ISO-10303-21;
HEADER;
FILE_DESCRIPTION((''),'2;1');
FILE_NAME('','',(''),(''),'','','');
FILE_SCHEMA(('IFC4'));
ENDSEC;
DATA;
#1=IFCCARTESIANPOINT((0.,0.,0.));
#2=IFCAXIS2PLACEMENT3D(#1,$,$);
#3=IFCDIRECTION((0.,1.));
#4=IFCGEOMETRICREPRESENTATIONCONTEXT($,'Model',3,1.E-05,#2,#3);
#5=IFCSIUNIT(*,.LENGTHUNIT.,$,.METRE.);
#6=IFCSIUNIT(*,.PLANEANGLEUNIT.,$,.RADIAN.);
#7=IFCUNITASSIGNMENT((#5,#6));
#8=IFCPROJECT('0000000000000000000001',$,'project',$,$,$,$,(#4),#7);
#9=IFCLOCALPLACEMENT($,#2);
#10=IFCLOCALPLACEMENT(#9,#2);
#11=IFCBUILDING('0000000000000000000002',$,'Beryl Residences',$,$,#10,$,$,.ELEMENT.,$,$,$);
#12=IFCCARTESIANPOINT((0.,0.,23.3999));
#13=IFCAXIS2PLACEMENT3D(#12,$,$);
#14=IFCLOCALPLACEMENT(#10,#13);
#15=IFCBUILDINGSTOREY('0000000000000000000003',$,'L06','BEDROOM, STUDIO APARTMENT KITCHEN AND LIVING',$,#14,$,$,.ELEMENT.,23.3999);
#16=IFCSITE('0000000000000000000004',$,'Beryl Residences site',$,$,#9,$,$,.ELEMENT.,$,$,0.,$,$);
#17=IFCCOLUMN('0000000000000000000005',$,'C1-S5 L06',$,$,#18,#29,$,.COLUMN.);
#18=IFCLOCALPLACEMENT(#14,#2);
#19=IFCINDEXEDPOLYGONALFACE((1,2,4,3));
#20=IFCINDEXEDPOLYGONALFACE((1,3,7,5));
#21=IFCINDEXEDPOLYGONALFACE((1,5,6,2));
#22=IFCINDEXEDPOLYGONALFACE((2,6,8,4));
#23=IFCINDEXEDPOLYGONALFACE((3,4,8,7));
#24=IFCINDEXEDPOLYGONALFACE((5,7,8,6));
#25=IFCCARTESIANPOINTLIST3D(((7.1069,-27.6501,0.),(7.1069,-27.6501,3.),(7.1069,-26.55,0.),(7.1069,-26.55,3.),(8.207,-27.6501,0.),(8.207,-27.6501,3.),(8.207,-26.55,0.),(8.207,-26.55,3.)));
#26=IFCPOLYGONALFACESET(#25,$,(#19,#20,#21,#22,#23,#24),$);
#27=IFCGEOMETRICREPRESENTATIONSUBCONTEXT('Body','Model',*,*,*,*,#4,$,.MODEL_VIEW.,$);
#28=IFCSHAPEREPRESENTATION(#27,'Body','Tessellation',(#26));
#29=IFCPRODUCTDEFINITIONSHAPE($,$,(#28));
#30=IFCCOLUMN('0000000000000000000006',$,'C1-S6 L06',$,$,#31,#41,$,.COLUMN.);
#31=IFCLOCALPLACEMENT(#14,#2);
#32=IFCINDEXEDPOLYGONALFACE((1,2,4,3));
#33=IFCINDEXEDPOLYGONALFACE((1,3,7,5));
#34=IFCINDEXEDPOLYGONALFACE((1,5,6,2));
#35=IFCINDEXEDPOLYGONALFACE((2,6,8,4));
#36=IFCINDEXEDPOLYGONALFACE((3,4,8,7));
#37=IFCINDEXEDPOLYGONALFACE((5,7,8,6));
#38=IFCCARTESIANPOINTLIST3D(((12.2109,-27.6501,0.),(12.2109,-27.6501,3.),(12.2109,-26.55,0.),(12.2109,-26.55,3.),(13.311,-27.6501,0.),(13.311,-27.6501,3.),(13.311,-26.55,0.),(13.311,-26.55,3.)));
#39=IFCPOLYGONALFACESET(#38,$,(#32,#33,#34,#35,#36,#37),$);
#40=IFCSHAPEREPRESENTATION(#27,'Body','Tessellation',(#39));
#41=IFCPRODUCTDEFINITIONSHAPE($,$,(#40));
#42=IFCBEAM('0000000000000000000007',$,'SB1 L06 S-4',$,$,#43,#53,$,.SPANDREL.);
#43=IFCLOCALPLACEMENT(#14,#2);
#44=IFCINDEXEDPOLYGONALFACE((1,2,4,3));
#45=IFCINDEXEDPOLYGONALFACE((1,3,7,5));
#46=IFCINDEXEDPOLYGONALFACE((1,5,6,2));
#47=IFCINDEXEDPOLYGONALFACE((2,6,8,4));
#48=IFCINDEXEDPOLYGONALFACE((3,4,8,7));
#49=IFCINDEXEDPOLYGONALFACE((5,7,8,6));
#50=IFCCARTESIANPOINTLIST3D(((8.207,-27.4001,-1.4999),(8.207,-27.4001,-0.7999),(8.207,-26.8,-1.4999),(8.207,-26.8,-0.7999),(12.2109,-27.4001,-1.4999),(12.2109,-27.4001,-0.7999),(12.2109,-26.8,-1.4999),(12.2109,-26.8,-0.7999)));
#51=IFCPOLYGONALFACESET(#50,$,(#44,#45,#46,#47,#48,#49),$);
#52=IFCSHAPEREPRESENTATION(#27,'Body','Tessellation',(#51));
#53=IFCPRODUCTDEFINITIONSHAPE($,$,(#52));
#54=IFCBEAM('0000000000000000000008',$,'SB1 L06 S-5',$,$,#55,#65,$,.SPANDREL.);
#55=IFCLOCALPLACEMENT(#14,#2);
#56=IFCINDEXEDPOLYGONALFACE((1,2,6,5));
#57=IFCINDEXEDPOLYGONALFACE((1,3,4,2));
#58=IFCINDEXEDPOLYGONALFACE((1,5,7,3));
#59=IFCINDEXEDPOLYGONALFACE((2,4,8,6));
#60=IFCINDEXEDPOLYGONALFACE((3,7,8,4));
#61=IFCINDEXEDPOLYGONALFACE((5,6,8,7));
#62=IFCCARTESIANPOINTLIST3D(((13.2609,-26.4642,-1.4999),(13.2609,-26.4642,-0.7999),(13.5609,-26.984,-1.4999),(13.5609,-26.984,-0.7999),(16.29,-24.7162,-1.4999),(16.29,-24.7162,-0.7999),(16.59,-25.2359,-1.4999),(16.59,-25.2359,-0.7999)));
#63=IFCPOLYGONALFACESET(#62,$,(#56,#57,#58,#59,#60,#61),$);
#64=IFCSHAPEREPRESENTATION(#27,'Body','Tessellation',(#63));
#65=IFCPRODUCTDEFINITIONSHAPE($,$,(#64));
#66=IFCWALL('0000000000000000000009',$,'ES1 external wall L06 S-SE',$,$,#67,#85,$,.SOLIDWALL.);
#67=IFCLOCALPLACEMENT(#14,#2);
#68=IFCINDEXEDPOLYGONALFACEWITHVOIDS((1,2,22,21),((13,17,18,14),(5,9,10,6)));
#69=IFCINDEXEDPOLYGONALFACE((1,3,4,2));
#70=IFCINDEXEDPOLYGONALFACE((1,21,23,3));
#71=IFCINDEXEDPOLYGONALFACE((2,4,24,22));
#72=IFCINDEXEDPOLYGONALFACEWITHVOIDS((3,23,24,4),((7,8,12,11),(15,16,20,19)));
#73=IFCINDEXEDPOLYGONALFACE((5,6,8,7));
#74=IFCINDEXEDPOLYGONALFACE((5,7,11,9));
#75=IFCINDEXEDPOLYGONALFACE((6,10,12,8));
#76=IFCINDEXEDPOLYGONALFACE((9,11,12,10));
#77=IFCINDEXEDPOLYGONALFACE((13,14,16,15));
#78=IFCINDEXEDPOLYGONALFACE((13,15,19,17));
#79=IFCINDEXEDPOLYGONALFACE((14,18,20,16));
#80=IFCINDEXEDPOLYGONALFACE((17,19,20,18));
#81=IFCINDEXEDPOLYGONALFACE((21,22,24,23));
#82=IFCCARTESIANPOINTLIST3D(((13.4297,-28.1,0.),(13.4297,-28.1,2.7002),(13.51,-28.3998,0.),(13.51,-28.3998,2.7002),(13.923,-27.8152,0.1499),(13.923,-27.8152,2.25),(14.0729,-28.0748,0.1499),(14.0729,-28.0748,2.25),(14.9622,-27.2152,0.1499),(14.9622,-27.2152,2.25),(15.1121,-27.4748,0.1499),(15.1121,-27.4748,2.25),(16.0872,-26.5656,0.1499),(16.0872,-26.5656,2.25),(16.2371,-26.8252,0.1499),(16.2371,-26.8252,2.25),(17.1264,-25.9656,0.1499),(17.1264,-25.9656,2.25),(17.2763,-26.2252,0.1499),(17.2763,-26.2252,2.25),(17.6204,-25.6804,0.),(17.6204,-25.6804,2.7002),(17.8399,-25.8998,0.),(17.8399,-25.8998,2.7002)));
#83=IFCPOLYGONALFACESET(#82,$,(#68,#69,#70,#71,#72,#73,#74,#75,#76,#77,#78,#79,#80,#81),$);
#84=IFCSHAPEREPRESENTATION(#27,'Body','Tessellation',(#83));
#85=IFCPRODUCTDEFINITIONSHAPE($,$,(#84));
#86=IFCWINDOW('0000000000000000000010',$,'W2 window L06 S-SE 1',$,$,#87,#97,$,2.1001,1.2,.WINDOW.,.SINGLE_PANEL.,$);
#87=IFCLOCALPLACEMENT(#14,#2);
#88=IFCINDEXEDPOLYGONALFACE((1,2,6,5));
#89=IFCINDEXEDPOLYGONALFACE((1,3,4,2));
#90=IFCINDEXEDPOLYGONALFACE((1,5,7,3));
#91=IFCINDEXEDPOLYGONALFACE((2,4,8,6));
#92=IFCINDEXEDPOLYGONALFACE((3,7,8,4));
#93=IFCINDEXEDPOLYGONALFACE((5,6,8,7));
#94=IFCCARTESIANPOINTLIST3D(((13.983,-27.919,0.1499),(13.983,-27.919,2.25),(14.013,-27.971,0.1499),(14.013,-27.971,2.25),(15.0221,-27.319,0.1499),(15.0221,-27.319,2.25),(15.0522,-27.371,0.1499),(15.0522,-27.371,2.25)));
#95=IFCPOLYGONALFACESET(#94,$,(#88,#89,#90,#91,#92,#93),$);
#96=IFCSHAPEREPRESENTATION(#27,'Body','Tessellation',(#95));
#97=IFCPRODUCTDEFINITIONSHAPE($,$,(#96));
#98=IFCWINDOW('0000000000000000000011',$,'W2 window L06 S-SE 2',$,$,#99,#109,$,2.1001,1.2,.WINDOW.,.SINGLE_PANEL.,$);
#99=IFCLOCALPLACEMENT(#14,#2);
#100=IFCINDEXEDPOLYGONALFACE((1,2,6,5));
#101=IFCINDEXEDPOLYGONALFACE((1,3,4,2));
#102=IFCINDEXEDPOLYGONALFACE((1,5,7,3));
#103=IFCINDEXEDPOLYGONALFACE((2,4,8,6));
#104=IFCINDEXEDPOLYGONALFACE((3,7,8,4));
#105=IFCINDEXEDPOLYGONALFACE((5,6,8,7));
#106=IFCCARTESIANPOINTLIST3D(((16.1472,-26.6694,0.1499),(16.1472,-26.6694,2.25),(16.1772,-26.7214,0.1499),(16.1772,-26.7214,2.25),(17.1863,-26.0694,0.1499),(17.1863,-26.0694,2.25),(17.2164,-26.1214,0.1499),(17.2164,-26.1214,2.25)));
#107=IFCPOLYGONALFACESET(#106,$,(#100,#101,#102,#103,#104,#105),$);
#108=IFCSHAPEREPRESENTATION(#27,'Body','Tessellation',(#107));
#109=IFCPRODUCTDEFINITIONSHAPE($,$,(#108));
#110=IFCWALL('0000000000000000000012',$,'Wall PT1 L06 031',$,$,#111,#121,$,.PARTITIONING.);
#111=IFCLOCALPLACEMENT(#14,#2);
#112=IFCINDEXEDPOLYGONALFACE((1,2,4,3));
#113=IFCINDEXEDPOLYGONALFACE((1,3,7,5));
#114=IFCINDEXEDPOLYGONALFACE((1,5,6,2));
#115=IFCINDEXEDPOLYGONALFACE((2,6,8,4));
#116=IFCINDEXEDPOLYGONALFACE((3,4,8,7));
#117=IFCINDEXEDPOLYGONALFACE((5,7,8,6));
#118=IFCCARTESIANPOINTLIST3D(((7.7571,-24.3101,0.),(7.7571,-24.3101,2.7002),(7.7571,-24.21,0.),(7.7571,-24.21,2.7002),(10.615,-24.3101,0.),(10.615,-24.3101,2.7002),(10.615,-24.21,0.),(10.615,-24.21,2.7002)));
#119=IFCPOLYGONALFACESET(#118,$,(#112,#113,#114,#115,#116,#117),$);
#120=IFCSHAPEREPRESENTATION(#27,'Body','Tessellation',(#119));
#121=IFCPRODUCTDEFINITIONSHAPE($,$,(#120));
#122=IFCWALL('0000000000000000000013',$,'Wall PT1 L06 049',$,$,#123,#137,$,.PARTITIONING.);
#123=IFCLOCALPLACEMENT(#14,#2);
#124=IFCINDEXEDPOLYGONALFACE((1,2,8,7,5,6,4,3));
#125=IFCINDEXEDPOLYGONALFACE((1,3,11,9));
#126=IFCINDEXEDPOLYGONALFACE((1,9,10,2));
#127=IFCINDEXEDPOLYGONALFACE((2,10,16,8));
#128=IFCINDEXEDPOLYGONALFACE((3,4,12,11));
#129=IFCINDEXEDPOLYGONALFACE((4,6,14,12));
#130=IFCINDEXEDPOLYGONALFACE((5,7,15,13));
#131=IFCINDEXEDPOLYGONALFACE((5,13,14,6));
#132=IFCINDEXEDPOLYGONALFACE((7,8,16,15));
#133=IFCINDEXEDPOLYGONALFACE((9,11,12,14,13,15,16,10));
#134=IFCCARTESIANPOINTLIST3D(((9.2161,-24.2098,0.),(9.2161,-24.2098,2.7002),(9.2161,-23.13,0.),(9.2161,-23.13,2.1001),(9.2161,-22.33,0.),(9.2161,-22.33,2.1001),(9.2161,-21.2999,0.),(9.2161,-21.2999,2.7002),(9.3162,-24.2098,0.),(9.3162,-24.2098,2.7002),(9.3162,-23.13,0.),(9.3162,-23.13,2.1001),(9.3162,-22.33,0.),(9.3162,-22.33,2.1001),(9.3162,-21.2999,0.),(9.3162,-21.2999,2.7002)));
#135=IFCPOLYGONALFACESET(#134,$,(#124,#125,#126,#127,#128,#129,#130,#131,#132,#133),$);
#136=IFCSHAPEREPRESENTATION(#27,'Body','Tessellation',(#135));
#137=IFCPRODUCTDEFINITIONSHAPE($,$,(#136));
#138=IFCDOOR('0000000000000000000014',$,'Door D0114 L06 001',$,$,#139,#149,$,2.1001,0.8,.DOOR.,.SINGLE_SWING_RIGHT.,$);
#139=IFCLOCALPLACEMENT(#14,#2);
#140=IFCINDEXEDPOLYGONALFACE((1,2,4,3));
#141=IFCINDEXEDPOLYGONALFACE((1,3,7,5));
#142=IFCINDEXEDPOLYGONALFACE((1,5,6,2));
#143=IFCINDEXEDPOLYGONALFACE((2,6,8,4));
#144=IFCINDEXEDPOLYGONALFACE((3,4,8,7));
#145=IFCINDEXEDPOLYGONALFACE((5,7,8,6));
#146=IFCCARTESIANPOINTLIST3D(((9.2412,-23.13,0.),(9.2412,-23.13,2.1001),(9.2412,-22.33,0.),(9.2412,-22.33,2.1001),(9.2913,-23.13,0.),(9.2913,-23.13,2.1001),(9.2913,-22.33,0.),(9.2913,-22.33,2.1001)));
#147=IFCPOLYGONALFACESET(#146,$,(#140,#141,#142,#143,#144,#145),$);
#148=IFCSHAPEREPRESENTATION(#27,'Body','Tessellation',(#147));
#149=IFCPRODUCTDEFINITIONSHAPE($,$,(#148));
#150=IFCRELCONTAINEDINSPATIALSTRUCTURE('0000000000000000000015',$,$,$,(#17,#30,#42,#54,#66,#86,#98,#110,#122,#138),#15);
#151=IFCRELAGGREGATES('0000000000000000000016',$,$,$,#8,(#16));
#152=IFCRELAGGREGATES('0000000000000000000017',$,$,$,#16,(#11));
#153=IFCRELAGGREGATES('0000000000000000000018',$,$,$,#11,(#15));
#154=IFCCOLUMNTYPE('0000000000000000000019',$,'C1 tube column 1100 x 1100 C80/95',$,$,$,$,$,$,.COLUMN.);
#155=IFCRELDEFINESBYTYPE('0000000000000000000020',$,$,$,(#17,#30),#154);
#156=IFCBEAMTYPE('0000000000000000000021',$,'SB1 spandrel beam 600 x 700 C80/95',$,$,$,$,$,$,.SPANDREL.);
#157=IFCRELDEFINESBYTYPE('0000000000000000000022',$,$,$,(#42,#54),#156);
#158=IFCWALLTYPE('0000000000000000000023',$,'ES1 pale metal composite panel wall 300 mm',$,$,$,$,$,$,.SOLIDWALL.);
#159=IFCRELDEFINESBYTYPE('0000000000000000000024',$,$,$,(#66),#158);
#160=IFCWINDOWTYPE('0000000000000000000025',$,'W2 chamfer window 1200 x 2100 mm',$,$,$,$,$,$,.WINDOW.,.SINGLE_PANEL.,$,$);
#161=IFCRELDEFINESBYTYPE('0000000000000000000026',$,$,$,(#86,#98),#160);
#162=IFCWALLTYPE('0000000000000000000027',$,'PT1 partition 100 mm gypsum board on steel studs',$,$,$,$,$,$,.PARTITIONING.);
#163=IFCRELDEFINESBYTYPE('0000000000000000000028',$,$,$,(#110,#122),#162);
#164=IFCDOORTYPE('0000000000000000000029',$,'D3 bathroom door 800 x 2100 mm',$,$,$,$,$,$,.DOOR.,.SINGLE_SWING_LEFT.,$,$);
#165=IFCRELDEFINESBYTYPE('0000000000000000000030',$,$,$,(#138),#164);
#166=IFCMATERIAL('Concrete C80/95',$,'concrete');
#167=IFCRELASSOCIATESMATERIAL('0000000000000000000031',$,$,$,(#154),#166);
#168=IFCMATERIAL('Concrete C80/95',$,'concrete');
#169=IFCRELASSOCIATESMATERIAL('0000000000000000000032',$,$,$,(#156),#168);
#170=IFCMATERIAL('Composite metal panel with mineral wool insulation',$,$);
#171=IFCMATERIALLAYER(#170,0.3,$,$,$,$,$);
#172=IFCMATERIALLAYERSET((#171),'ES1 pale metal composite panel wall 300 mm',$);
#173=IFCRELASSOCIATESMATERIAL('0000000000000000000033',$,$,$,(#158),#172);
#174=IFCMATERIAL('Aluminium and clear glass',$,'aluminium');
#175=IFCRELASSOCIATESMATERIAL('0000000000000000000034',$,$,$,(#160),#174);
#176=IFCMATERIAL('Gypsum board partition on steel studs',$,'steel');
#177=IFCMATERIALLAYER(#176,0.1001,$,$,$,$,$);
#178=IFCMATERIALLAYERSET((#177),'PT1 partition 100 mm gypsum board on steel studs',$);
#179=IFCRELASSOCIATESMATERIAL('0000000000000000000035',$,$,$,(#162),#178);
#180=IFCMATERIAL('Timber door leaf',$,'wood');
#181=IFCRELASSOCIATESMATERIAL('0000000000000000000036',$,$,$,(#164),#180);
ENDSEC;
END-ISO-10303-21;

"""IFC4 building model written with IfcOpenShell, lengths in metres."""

from ifc_helpers import new_model, si_unit, direction, frame, frame_2d, origin, origin_2d, place, context, subcontext, project, spatial, polyline, rectangle, outline, extrude, material, layer, layer_set, material_profile, profile_set, type_object, element, fill, save


model = new_model("IFC4")

# Units and contexts
model_context = context("Model", 3, precision=1e-05, world=origin(), true_north=direction((0.0, 1.0)))
body_context = subcontext(model_context, "Body", "Model", "MODEL_VIEW")
ifc_project = project(units=[si_unit("LENGTHUNIT", "METRE"), si_unit("PLANEANGLEUNIT", "RADIAN")], contexts=[model_context])

# Site, building, storey
site_placement = place(None, origin())
site = spatial("IfcSite", under=ifc_project, at=site_placement, Name="Beryl Residences site", CompositionType="ELEMENT", RefElevation=0.0)
building_placement = place(site_placement, origin())
building = spatial("IfcBuilding", under=site, at=building_placement, Name="Beryl Residences", CompositionType="ELEMENT")
storey_placement = place(building_placement, frame((0.0, 0.0, 23.3999)))
storey = spatial("IfcBuildingStorey", under=building, at=storey_placement, Name="L06", Description="BEDROOM, STUDIO APARTMENT KITCHEN AND LIVING", CompositionType="ELEMENT", Elevation=23.3999)

# Columns
ifc_material_1 = material(Name="Concrete C80/95", Category="concrete")
ifc_material_profile_1 = material_profile(ifc_material_1, rectangle(XDim=1.1001, YDim=1.1001, at=origin_2d()))
ifc_profile_set_1 = profile_set([ifc_material_profile_1], Name="Concrete C80/95")
column_type = type_object("IfcColumnType", Name="C1 tube column 1100 x 1100 C80/95", PredefinedType="COLUMN", material=ifc_profile_set_1)
for number, where, z_axis, x_axis, name in (
    (1, (7.657, -27.1001, 0.0), (0.0, 0.0, 1.0), (1.0, 0.0, 0.0), "C1-S5 L06"),
    (2, (12.761, -27.1001, 0.0), (0.0, 0.0, 1.0), (1.0, 0.0, 0.0), "C1-S6 L06"),
):
    element("IfcColumn", number, at=place(storey_placement, frame(where, z_axis=z_axis, x_axis=x_axis)), inside=storey, type_object=column_type, Name=name, PredefinedType="COLUMN", context=body_context, shape_type="SweptSolid", body=[
        extrude(rectangle(XDim=1.1001, YDim=1.1001, at=origin_2d()), origin(), (0.0, 0.0, 1.0), 3.0),
    ])

# Beams
ifc_material_2 = material(Name="Concrete C80/95", Category="concrete")
ifc_material_profile_2 = material_profile(ifc_material_2, rectangle(XDim=0.6001, YDim=0.7, at=origin_2d()))
ifc_profile_set_2 = profile_set([ifc_material_profile_2], Name="Concrete C80/95")
beam_type = type_object("IfcBeamType", Name="SB1 spandrel beam 600 x 700 C80/95", PredefinedType="SPANDREL", material=ifc_profile_set_2)
beam_1_placement = place(storey_placement, frame((8.207, -27.1001, -1.1499), z_axis=(1.0, 0.0, 0.0), x_axis=(0.0, 1.0, 0.0)))
element("IfcBeam", 3, at=beam_1_placement, inside=storey, type_object=beam_type, Name="SB1 L06 S-4", PredefinedType="SPANDREL", context=body_context, shape_type="SweptSolid", body=[
    extrude(rectangle(XDim=0.6001, YDim=0.7, at=origin_2d()), origin(), (0.0, 0.0, 1.0), 4.0039),
])
beam_2_placement = place(storey_placement, frame((13.4109, -26.7241, -1.1499), z_axis=(0.866122, 0.499833, 0.0), x_axis=(-0.499833, 0.866122, 0.0)))
element("IfcBeam", 4, at=beam_2_placement, inside=storey, type_object=beam_type, Name="SB1 L06 S-5", PredefinedType="SPANDREL", context=body_context, shape_type="SweptSolid", body=[
    extrude(rectangle(XDim=0.6001, YDim=0.7, at=origin_2d()), origin(), (0.0, 0.0, 1.0), 3.4973),
])

# Wall, openings, windows
ifc_material_3 = material(Name="Composite metal panel with mineral wool insulation")
ifc_layer_1 = layer(ifc_material_3, 0.3)
ifc_layer_set_1 = layer_set([ifc_layer_1], Name="ES1 pale metal composite panel wall 300 mm")
wall_type_1 = type_object("IfcWallType", Name="ES1 pale metal composite panel wall 300 mm", PredefinedType="SOLIDWALL", material=ifc_layer_set_1)
wall_1_placement = place(storey_placement, frame((13.4351, -28.27, 0.0), z_axis=(0.0, 0.0, 1.0), x_axis=(0.866011, 0.500025, 0.0)))
wall_1 = element("IfcWall", 5, at=wall_1_placement, inside=storey, type_object=wall_type_1, Name="ES1 external wall L06 S-SE", PredefinedType="SOLIDWALL", context=body_context, shape_type="SweptSolid", body=[
    extrude(outline(polyline([(0.0, -0.1499), (4.9998, -0.1499), (4.9194, 0.1499), (0.0803, 0.1499), (0.0, -0.1499)])), origin(), (0.0, 0.0, 1.0), 2.7002),
])
opening_1_placement = place(wall_1_placement, frame((0.6499, 0.0, 0.1499)))
opening_1 = element("IfcOpeningElement", 6, at=opening_1_placement, cuts=wall_1, PredefinedType="OPENING", context=body_context, shape_type="SweptSolid", body=[
    extrude(rectangle(XDim=1.2, YDim=2.1001, at=frame_2d((0.6001, 1.05))), frame((0.0, 0.1599, 0.0), z_axis=(0.0, -1.0, 0.0), x_axis=(1.0, 0.0, 0.0)), (0.0, 0.0, 1.0), 0.3201),
])
opening_2_placement = place(wall_1_placement, frame((3.1489, 0.0, 0.1499)))
opening_2 = element("IfcOpeningElement", 7, at=opening_2_placement, cuts=wall_1, PredefinedType="OPENING", context=body_context, shape_type="SweptSolid", body=[
    extrude(rectangle(XDim=1.2, YDim=2.1001, at=frame_2d((0.6001, 1.05))), frame((0.0, 0.1599, 0.0), z_axis=(0.0, -1.0, 0.0), x_axis=(1.0, 0.0, 0.0)), (0.0, 0.0, 1.0), 0.3201),
])
ifc_material_4 = material(Name="Aluminium and clear glass", Category="aluminium")
window_type = type_object("IfcWindowType", Name="W2 chamfer window 1200 x 2100 mm", PartitioningType="SINGLE_PANEL", PredefinedType="WINDOW", material=ifc_material_4)
window_1_placement = place(opening_1_placement, origin())
window_1 = element("IfcWindow", 8, at=window_1_placement, inside=storey, type_object=window_type, Name="W2 window L06 S-SE 1", OverallHeight=2.1001, OverallWidth=1.2, PartitioningType="SINGLE_PANEL", PredefinedType="WINDOW", context=body_context, shape_type="SweptSolid", body=[
    extrude(rectangle(XDim=1.2, YDim=2.1001, at=frame_2d((0.6001, 1.05))), frame((0.0, 0.03, 0.0), z_axis=(0.0, -1.0, 0.0), x_axis=(1.0, 0.0, 0.0)), (0.0, 0.0, 1.0), 0.0601),
])
fill(opening_1, window_1)
window_2_placement = place(opening_2_placement, origin())
window_2 = element("IfcWindow", 9, at=window_2_placement, inside=storey, type_object=window_type, Name="W2 window L06 S-SE 2", OverallHeight=2.1001, OverallWidth=1.2, PartitioningType="SINGLE_PANEL", PredefinedType="WINDOW", context=body_context, shape_type="SweptSolid", body=[
    extrude(rectangle(XDim=1.2, YDim=2.1001, at=frame_2d((0.6001, 1.05))), frame((0.0, 0.03, 0.0), z_axis=(0.0, -1.0, 0.0), x_axis=(1.0, 0.0, 0.0)), (0.0, 0.0, 1.0), 0.0601),
])
fill(opening_2, window_2)

# Wall
ifc_material_5 = material(Name="Gypsum board partition on steel studs", Category="steel")
ifc_layer_2 = layer(ifc_material_5, 0.1001)
ifc_layer_set_2 = layer_set([ifc_layer_2], Name="PT1 partition 100 mm gypsum board on steel studs")
wall_type_2 = type_object("IfcWallType", Name="PT1 partition 100 mm gypsum board on steel studs", PredefinedType="PARTITIONING", material=ifc_layer_set_2)
wall_2_placement = place(storey_placement, frame((7.7571, -24.26, 0.0), z_axis=(0.0, 0.0, 1.0), x_axis=(1.0, 0.0, 0.0)))
element("IfcWall", 10, at=wall_2_placement, inside=storey, type_object=wall_type_2, Name="Wall PT1 L06 031", PredefinedType="PARTITIONING", context=body_context, shape_type="SweptSolid", body=[
    extrude(rectangle(XDim=2.8579, YDim=0.1001, at=frame_2d((1.429, 0.0))), origin(), (0.0, 0.0, 1.0), 2.7002),
])

# Wall, opening, door
wall_3_placement = place(storey_placement, frame((9.2661, -24.21, 0.0), z_axis=(0.0, 0.0, 1.0), x_axis=(0.0, 1.0, 0.0)))
wall_3 = element("IfcWall", 11, at=wall_3_placement, inside=storey, type_object=wall_type_2, Name="Wall PT1 L06 049", PredefinedType="PARTITIONING", context=body_context, shape_type="SweptSolid", body=[
    extrude(rectangle(XDim=2.9099, YDim=0.1001, at=frame_2d((1.4551, 0.0))), origin(), (0.0, 0.0, 1.0), 2.7002),
])
opening_3_placement = place(wall_3_placement, frame((1.0801, 0.0, 0.0)))
opening_3 = element("IfcOpeningElement", 12, at=opening_3_placement, cuts=wall_3, PredefinedType="OPENING", context=body_context, shape_type="SweptSolid", body=[
    extrude(rectangle(XDim=0.8, YDim=2.1001, at=frame_2d((0.3999, 1.05))), frame((0.0, 0.0601, 0.0), z_axis=(0.0, -1.0, 0.0), x_axis=(1.0, 0.0, 0.0)), (0.0, 0.0, 1.0), 0.1201),
])
ifc_material_6 = material(Name="Timber door leaf", Category="wood")
door_type_1 = type_object("IfcDoorType", Name="D3 bathroom door 800 x 2100 mm", OperationType="SINGLE_SWING_LEFT", PredefinedType="DOOR", material=ifc_material_6)
door_1_placement = place(opening_3_placement, origin())
door_1 = element("IfcDoor", 13, at=door_1_placement, inside=storey, type_object=door_type_1, Name="Door D0114 L06 001", OperationType="SINGLE_SWING_RIGHT", OverallHeight=2.1001, OverallWidth=0.8, PredefinedType="DOOR", context=body_context, shape_type="SweptSolid", body=[
    extrude(rectangle(XDim=0.8, YDim=2.1001, at=frame_2d((0.3999, 1.05))), frame((0.0, 0.0249, 0.0), z_axis=(0.0, -1.0, 0.0), x_axis=(1.0, 0.0, 0.0)), (0.0, 0.0, 1.0), 0.05),
])
fill(opening_3, door_1)

save(model, "model.ifc")
